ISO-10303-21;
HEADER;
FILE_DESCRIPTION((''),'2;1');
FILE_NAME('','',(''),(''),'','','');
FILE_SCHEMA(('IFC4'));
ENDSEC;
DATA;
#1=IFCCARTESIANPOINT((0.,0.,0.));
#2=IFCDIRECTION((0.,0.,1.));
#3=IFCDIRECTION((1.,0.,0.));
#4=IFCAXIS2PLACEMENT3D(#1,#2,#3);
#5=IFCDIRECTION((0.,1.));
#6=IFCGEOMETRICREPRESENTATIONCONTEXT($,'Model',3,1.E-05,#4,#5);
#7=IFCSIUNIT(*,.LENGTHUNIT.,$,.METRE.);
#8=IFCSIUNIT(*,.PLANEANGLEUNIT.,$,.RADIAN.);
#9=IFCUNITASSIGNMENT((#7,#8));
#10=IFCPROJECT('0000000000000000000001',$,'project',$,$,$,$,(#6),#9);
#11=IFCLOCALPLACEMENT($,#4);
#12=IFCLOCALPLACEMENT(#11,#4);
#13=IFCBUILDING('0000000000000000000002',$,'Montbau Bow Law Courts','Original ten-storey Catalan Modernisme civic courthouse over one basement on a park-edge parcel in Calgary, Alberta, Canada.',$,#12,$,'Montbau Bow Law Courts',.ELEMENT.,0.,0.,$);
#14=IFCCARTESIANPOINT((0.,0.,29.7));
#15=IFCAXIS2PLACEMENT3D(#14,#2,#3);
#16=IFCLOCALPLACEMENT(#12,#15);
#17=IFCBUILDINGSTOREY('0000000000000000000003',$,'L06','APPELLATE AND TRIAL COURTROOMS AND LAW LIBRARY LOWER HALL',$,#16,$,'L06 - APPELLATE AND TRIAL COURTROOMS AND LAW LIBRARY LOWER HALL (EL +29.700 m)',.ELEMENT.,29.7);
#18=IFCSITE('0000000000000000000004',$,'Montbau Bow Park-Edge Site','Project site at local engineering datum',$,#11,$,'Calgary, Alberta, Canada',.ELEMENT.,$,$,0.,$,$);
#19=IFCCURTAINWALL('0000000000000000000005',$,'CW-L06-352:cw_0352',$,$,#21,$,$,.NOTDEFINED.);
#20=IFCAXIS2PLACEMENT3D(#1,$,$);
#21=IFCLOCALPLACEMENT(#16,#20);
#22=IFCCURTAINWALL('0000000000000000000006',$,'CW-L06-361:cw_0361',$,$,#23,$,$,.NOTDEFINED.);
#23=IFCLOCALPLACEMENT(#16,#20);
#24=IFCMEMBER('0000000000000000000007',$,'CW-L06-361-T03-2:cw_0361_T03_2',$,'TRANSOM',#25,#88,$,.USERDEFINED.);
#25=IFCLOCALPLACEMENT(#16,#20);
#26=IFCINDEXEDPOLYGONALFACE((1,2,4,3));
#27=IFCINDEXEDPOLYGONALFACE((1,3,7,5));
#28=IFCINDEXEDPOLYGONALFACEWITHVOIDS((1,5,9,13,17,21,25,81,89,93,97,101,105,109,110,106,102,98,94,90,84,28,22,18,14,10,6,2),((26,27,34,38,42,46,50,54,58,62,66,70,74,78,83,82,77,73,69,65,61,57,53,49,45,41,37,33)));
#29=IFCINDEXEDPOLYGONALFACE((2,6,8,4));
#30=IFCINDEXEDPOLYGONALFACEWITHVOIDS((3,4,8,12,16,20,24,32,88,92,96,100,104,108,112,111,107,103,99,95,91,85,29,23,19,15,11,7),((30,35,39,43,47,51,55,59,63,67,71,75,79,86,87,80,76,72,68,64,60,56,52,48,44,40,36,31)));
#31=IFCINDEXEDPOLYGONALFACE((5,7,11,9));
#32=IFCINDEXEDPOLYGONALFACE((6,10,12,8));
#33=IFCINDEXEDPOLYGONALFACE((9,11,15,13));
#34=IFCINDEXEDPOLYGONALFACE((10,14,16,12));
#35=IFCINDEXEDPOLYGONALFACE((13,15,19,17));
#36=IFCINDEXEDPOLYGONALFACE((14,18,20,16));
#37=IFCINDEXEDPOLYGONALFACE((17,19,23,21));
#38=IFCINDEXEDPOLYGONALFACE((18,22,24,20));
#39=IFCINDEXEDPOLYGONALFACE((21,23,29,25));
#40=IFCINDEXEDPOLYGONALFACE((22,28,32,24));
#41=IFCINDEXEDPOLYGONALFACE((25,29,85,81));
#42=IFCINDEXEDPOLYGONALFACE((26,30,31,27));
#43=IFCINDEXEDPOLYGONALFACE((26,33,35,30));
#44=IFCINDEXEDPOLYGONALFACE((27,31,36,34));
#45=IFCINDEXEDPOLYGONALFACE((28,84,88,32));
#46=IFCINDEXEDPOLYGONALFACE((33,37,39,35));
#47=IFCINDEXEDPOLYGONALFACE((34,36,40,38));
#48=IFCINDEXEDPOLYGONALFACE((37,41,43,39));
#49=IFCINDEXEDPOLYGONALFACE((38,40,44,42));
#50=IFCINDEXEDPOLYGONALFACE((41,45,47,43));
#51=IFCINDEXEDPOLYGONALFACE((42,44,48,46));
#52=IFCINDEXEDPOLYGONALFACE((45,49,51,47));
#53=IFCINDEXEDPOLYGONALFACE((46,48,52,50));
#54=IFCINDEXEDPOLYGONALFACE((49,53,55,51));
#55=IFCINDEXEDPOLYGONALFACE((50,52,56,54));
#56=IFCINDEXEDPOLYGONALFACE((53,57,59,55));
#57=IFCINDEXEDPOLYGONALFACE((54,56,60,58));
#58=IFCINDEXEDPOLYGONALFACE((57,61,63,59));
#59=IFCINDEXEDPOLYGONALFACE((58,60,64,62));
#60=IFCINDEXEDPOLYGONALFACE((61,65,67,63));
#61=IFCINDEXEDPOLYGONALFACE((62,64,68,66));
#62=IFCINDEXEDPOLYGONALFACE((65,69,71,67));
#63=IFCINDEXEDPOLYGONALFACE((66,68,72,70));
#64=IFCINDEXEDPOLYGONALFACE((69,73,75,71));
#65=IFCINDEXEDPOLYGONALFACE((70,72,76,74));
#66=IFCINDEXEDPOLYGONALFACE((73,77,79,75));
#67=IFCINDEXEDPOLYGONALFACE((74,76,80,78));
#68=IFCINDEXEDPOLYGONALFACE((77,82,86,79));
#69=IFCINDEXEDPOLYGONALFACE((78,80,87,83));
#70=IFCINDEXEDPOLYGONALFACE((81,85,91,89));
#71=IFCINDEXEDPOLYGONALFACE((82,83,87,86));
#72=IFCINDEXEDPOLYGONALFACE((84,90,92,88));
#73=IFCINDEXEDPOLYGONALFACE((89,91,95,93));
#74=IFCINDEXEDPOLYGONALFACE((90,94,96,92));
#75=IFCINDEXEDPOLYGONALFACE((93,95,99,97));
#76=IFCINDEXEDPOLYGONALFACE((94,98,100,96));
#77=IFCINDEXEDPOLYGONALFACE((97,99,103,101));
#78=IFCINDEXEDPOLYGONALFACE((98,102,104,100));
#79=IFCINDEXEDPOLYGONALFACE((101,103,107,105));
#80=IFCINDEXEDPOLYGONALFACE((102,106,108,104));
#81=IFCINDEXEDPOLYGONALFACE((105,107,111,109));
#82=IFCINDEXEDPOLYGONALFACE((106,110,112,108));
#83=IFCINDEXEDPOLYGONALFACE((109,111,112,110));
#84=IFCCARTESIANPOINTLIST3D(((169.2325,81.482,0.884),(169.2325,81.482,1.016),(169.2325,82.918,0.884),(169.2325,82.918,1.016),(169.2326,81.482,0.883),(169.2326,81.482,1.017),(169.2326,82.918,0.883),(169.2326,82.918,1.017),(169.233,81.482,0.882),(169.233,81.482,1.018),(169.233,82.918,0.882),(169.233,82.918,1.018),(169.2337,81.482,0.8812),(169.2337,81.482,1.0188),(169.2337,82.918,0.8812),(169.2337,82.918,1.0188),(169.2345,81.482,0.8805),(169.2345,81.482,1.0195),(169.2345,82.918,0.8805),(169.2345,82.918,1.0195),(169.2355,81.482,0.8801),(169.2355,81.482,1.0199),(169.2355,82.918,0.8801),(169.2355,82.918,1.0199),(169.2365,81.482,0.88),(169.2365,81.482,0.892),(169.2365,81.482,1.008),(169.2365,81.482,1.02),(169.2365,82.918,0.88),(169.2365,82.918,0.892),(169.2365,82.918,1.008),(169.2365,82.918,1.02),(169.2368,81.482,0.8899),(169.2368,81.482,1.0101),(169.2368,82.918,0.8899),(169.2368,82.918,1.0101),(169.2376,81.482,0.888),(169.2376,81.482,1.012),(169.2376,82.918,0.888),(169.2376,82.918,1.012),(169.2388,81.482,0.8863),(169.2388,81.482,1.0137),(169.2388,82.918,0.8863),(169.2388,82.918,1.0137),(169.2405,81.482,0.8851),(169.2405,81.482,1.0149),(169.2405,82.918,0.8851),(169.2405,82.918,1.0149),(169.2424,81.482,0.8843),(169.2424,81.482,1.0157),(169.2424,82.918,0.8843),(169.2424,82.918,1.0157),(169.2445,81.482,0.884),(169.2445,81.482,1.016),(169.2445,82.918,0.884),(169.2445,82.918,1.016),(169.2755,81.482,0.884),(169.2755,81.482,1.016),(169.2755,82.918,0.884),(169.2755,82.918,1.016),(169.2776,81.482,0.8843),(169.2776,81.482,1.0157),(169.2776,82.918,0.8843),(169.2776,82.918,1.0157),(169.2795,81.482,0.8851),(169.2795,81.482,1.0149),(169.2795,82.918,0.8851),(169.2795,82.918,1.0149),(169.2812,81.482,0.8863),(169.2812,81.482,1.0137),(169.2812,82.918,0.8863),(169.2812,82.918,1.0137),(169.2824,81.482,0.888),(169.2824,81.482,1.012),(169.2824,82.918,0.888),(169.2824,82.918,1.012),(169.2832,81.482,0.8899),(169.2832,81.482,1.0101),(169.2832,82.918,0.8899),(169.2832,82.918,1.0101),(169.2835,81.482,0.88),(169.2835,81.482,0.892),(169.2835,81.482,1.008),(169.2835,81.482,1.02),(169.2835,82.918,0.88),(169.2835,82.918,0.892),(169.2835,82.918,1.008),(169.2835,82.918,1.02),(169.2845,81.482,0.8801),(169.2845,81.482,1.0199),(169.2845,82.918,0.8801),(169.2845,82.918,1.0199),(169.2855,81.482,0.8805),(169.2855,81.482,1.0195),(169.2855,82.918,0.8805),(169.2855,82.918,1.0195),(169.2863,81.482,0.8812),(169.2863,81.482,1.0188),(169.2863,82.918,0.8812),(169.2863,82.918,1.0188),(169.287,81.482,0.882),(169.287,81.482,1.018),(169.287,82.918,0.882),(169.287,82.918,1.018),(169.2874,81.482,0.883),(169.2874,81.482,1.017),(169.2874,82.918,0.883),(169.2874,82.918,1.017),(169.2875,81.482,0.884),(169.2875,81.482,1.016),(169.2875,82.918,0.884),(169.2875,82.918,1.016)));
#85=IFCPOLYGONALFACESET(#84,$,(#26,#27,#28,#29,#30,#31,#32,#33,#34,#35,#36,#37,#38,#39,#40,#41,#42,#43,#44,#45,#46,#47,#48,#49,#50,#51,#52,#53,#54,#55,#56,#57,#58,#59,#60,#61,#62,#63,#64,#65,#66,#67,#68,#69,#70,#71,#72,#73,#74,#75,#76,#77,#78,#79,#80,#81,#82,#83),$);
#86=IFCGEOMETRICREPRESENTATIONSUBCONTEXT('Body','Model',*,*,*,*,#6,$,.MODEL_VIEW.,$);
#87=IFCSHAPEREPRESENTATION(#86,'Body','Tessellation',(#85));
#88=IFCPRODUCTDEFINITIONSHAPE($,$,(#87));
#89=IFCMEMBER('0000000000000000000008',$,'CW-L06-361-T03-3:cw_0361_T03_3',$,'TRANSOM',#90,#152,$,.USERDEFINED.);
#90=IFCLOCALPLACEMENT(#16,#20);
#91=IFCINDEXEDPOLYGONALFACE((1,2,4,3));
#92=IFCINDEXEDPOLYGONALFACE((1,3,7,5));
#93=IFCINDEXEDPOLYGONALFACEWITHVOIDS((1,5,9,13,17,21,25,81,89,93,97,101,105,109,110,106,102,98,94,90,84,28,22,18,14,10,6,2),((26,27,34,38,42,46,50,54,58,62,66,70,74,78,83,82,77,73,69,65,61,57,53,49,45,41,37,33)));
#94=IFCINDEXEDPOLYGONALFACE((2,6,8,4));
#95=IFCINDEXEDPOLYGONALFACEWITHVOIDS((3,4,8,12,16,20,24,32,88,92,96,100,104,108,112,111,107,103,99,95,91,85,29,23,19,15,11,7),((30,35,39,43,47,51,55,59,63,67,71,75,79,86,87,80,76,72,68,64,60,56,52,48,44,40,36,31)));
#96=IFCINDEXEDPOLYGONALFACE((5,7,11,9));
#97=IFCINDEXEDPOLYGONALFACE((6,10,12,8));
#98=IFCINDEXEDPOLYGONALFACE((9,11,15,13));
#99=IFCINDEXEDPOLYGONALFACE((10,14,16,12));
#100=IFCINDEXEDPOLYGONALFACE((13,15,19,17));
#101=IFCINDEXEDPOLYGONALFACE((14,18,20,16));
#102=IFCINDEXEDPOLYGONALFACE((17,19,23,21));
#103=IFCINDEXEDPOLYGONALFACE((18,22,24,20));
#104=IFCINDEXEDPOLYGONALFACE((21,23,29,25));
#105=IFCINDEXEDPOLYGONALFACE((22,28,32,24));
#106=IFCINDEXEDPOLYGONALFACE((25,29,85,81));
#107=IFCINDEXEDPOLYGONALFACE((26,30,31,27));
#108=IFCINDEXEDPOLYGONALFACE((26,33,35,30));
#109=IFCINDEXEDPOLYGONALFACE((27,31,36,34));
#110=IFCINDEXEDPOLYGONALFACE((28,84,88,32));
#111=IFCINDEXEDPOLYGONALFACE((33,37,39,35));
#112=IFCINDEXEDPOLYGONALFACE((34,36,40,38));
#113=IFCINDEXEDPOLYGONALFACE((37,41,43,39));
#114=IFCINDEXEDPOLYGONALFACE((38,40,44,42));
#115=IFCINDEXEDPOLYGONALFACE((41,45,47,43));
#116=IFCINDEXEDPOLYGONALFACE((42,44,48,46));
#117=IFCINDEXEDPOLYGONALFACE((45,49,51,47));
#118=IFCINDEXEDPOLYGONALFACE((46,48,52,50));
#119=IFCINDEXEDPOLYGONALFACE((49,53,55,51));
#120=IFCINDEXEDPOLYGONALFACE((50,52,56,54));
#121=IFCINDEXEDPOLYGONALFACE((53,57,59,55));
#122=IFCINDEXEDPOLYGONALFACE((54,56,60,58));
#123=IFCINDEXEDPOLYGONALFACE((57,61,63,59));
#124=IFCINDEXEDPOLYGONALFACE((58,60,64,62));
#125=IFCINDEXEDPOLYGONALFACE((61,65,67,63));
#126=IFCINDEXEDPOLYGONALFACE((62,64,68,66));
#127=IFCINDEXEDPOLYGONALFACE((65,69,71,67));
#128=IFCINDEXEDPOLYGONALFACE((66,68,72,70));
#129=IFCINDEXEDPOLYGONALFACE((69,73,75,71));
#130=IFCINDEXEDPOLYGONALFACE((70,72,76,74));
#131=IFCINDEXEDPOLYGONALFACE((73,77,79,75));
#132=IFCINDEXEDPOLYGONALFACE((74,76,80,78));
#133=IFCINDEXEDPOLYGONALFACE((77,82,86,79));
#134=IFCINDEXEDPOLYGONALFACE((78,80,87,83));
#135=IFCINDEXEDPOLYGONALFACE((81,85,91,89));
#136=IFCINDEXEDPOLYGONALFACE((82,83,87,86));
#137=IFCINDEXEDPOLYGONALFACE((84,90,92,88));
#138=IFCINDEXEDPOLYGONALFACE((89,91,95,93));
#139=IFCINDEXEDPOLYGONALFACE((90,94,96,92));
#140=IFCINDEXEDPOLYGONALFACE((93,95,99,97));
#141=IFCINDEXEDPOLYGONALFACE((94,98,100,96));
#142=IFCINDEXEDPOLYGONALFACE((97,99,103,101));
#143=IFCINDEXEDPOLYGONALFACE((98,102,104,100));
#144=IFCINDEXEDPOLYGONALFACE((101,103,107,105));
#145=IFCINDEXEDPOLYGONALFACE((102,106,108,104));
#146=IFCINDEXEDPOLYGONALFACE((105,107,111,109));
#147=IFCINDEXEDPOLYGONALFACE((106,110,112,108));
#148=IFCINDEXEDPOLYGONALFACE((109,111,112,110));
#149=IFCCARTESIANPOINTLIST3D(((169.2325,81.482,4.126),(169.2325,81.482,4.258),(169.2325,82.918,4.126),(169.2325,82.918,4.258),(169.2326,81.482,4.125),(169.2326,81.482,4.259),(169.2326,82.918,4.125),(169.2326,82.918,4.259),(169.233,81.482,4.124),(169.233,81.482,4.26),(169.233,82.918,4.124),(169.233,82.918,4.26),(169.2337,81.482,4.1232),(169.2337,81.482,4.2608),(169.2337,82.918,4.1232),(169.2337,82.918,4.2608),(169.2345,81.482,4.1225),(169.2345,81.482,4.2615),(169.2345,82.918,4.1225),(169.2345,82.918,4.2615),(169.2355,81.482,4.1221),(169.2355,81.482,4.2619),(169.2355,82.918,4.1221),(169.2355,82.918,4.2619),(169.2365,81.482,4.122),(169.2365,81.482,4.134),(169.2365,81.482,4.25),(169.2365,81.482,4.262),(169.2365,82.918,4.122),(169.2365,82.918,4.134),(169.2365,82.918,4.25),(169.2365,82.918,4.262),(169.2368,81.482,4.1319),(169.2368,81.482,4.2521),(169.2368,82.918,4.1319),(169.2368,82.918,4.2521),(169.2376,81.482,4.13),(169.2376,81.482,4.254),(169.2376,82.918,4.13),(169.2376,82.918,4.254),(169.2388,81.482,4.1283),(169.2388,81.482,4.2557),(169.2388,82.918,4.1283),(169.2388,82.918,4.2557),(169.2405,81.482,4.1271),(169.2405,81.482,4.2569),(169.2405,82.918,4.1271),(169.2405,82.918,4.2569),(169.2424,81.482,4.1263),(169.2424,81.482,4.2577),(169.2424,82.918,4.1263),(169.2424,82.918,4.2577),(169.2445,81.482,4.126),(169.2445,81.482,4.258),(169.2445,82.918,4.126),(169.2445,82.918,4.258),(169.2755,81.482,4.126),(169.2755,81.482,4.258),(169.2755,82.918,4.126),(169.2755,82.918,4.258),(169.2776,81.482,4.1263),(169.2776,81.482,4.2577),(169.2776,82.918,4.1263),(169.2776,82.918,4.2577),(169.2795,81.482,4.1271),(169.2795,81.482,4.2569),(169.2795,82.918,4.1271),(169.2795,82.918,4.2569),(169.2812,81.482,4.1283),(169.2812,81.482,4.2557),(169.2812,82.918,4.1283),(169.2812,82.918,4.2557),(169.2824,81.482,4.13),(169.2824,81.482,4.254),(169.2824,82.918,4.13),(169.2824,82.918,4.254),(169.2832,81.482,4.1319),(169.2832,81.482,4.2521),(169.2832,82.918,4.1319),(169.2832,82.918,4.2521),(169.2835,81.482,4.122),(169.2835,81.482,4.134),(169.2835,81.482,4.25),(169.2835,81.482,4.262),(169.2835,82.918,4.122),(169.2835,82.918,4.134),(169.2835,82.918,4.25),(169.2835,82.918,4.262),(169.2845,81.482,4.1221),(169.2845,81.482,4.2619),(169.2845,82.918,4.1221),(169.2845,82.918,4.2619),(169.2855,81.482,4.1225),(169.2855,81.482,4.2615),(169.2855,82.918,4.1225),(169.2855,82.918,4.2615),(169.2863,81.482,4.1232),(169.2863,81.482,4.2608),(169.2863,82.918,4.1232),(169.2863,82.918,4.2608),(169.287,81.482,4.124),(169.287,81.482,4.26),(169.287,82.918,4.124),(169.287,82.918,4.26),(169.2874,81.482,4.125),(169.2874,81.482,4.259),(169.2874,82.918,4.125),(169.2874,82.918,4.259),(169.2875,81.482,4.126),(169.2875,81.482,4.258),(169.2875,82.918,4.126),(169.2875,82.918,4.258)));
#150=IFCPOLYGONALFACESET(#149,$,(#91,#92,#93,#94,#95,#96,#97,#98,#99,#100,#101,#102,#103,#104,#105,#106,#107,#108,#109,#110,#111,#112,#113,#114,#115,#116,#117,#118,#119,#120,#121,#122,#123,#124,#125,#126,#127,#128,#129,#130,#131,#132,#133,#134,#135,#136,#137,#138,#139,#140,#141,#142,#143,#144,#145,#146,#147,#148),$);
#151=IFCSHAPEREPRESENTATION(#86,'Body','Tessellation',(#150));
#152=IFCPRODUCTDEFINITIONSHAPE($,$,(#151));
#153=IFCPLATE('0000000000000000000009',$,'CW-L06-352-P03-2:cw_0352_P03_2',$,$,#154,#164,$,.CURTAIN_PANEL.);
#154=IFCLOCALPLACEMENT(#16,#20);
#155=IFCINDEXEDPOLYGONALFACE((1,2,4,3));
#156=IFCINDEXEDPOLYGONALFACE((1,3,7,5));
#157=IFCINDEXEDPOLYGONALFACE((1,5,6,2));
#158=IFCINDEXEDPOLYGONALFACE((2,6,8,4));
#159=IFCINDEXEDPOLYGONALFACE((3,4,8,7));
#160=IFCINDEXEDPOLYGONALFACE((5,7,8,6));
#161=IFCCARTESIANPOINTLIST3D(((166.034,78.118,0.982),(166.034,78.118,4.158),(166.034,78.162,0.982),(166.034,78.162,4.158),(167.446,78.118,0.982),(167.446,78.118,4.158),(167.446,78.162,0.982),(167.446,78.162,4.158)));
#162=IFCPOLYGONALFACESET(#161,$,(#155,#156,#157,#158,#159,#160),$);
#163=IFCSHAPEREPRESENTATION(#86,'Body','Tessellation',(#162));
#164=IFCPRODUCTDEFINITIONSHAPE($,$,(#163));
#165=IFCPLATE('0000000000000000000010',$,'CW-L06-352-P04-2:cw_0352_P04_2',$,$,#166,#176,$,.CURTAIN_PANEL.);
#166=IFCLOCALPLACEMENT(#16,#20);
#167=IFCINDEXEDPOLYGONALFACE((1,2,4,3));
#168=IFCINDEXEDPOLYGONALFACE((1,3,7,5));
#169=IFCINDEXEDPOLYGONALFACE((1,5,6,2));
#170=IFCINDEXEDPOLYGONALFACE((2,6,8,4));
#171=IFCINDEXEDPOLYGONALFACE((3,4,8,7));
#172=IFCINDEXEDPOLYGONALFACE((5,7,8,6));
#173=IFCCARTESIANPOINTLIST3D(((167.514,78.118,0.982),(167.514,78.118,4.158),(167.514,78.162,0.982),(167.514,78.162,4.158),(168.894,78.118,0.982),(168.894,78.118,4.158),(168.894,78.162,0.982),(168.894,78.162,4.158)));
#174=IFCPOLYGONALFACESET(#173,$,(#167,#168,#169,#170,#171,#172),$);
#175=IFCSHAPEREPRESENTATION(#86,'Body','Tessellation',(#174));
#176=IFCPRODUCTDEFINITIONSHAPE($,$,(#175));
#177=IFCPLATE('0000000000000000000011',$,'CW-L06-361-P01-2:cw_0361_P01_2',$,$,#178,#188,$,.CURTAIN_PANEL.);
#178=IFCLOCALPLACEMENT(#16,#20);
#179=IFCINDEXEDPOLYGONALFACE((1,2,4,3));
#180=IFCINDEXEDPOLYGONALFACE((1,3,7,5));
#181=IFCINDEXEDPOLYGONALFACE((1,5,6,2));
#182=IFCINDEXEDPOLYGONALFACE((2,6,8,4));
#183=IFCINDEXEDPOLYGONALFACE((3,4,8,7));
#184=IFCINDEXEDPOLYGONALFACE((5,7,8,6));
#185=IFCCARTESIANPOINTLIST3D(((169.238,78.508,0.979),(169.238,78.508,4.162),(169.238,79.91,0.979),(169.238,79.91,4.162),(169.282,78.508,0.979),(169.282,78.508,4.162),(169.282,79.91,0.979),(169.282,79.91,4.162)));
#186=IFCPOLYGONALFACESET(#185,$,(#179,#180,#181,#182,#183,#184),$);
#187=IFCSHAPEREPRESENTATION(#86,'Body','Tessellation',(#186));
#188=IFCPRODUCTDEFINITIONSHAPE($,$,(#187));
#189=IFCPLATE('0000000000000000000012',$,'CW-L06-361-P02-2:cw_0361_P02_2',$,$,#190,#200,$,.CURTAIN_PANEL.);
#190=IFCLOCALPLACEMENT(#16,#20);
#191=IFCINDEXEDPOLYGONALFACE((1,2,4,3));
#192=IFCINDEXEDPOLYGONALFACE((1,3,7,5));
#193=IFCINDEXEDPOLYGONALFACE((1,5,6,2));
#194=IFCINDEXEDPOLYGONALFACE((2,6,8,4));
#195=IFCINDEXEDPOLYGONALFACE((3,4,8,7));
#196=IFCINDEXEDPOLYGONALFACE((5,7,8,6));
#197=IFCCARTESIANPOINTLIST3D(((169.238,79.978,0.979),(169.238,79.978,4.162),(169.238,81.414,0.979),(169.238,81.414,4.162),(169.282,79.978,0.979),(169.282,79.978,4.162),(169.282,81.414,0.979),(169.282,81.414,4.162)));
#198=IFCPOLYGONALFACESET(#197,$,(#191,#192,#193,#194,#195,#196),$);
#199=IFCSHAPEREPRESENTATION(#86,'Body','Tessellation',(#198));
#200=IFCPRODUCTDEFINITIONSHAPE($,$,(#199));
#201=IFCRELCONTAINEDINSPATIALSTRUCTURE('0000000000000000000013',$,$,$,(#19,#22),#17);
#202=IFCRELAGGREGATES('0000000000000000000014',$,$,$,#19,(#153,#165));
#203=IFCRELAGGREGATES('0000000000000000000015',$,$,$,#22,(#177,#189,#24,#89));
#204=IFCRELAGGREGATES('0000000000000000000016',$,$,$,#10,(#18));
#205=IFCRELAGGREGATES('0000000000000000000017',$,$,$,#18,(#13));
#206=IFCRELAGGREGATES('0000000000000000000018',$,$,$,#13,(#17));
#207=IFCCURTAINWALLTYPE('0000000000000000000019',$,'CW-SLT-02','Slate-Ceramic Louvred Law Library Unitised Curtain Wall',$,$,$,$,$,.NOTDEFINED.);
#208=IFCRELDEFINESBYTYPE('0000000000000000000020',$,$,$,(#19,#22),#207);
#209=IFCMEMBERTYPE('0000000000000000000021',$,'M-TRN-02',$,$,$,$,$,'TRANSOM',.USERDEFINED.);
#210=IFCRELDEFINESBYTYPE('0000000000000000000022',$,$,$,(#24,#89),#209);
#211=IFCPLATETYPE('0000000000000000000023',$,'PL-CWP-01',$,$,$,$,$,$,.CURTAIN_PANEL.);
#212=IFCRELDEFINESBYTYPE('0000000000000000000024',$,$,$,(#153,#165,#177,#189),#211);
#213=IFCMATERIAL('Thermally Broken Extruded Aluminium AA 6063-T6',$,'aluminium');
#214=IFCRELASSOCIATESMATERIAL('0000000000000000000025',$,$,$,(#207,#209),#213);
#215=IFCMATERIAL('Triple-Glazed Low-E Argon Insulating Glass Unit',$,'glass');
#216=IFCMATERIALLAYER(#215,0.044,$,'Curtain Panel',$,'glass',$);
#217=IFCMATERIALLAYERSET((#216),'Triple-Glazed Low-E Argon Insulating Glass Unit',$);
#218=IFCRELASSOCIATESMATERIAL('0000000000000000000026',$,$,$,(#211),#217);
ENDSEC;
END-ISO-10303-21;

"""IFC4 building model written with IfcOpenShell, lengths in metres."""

from ifc_helpers import new_model, si_unit, direction, frame, frame_2d, origin_with_axes, origin_2d_with_axis, place, context, subcontext, project, spatial, rectangle, hollow_rectangle, extrude, material, layer, layer_set, material_profile, profile_set, type_object, element, aggregate, save


model = new_model("IFC4")

# Units and contexts
model_context = context("Model", 3, precision=1e-05, world=origin_with_axes(), true_north=direction((0.0, 1.0)))
body_context = subcontext(model_context, "Body", "Model", "MODEL_VIEW")
ifc_project = project(units=[si_unit("LENGTHUNIT", "METRE"), si_unit("PLANEANGLEUNIT", "RADIAN")], contexts=[model_context])

# Site, building, storey
site_placement = place(None, origin_with_axes())
site = spatial("IfcSite", under=ifc_project, at=site_placement, Name="Montbau Bow Park-Edge Site", Description="Project site at local engineering datum", LongName="Calgary, Alberta, Canada", CompositionType="ELEMENT", RefElevation=0.0)
building_placement = place(site_placement, origin_with_axes())
building = spatial("IfcBuilding", under=site, at=building_placement, Name="Montbau Bow Law Courts", Description="Original ten-storey Catalan Modernisme civic courthouse over one basement on a park-edge parcel in Calgary, Alberta, Canada.", LongName="Montbau Bow Law Courts", CompositionType="ELEMENT", ElevationOfRefHeight=0.0, ElevationOfTerrain=0.0)
storey_placement = place(building_placement, frame((0.0, 0.0, 29.7), z_axis=(0.0, 0.0, 1.0), x_axis=(1.0, 0.0, 0.0)))
storey = spatial("IfcBuildingStorey", under=building, at=storey_placement, Name="L06", Description="APPELLATE AND TRIAL COURTROOMS AND LAW LIBRARY LOWER HALL", LongName="L06 - APPELLATE AND TRIAL COURTROOMS AND LAW LIBRARY LOWER HALL (EL +29.700 m)", CompositionType="ELEMENT", Elevation=29.7)

# Curtain walls, members
ifc_material_1 = material(Name="Thermally Broken Extruded Aluminium AA 6063-T6", Category="aluminium")
curtain_wall_type = type_object("IfcCurtainWallType", Name="CW-SLT-02", Description="Slate-Ceramic Louvred Law Library Unitised Curtain Wall", PredefinedType="NOTDEFINED", material=ifc_material_1)
curtain_wall_1_placement = place(None, frame((163.04, 78.14, 29.7), z_axis=(0.0, 0.0, 1.0), x_axis=(1.0, 0.0, 0.0)))
curtain_wall_1 = element("IfcCurtainWall", 1, at=curtain_wall_1_placement, inside=storey, type_object=curtain_wall_type, Name="CW-L06-352:cw_0352", PredefinedType="NOTDEFINED")
curtain_wall_2_placement = place(None, frame((169.26, 78.44, 29.7), z_axis=(0.0, 0.0, 1.0), x_axis=(1.0, 0.0, 0.0)))
curtain_wall_2 = element("IfcCurtainWall", 2, at=curtain_wall_2_placement, inside=storey, type_object=curtain_wall_type, Name="CW-L06-361:cw_0361", PredefinedType="NOTDEFINED")
ifc_material_profile_1 = material_profile(ifc_material_1, hollow_rectangle(XDim=0.055, YDim=0.14, WallThickness=0.004, InnerFilletRadius=0.008, OuterFilletRadius=0.004, at=origin_2d_with_axis()), Name="CWT-140X55", Category="Main", Priority=0)
ifc_profile_set_1 = profile_set([ifc_material_profile_1], Name="Thermally Broken Extruded Aluminium AA 6063-T6")
member_type_1 = type_object("IfcMemberType", Name="M-TRN-02", ElementType="TRANSOM", PredefinedType="USERDEFINED", material=ifc_profile_set_1)
member_1_placement = place(None, frame((169.26, 81.482, 30.65), z_axis=(0.0, 1.0, 0.0), x_axis=(-1.0, 0.0, 0.0)))
member_1 = element("IfcMember", 3, at=member_1_placement, type_object=member_type_1, Name="CW-L06-361-T03-2:cw_0361_T03_2", ObjectType="TRANSOM", PredefinedType="USERDEFINED", context=body_context, shape_type="SweptSolid", body=[
    extrude(hollow_rectangle(XDim=0.055, YDim=0.14, WallThickness=0.004, InnerFilletRadius=0.008, OuterFilletRadius=0.004, at=origin_2d_with_axis()), origin_with_axes(), (0.0, 0.0, 1.0), 1.436),
])
member_2_placement = place(None, frame((169.26, 81.482, 33.892), z_axis=(0.0, 1.0, 0.0), x_axis=(-1.0, 0.0, 0.0)))
member_2 = element("IfcMember", 4, at=member_2_placement, type_object=member_type_1, Name="CW-L06-361-T03-3:cw_0361_T03_3", ObjectType="TRANSOM", PredefinedType="USERDEFINED", context=body_context, shape_type="SweptSolid", body=[
    extrude(hollow_rectangle(XDim=0.055, YDim=0.14, WallThickness=0.004, InnerFilletRadius=0.008, OuterFilletRadius=0.004, at=origin_2d_with_axis()), origin_with_axes(), (0.0, 0.0, 1.0), 1.436),
])

# Plates
ifc_material_2 = material(Name="Triple-Glazed Low-E Argon Insulating Glass Unit", Category="glass")
ifc_layer_1 = layer(ifc_material_2, 0.044, Name="Curtain Panel", Category="glass")
ifc_layer_set_1 = layer_set([ifc_layer_1], Name="Triple-Glazed Low-E Argon Insulating Glass Unit")
plate_type_1 = type_object("IfcPlateType", Name="PL-CWP-01", PredefinedType="CURTAIN_PANEL", material=ifc_layer_set_1)
plate_1_placement = place(None, frame((166.034, 78.14, 30.682), z_axis=(0.0, -1.0, 0.0), x_axis=(1.0, 0.0, 0.0)))
plate_1 = element("IfcPlate", 5, at=plate_1_placement, type_object=plate_type_1, Name="CW-L06-352-P03-2:cw_0352_P03_2", PredefinedType="CURTAIN_PANEL", context=body_context, shape_type="SweptSolid", body=[
    extrude(rectangle(XDim=1.412, YDim=3.176, at=frame_2d((0.706, 1.588), x_axis=(1.0, 0.0))), frame((0.0, 0.0, -0.022), z_axis=(0.0, 0.0, 1.0), x_axis=(1.0, 0.0, 0.0)), (0.0, 0.0, 1.0), 0.044),
])
plate_2_placement = place(None, frame((167.514, 78.14, 30.682), z_axis=(0.0, -1.0, 0.0), x_axis=(1.0, 0.0, 0.0)))
plate_2 = element("IfcPlate", 6, at=plate_2_placement, type_object=plate_type_1, Name="CW-L06-352-P04-2:cw_0352_P04_2", PredefinedType="CURTAIN_PANEL", context=body_context, shape_type="SweptSolid", body=[
    extrude(rectangle(XDim=1.38, YDim=3.176, at=frame_2d((0.69, 1.588), x_axis=(1.0, 0.0))), frame((0.0, 0.0, -0.022), z_axis=(0.0, 0.0, 1.0), x_axis=(1.0, 0.0, 0.0)), (0.0, 0.0, 1.0), 0.044),
])
plate_3_placement = place(None, frame((169.26, 78.508, 30.679), z_axis=(1.0, 0.0, 0.0), x_axis=(0.0, 1.0, 0.0)))
plate_3 = element("IfcPlate", 7, at=plate_3_placement, type_object=plate_type_1, Name="CW-L06-361-P01-2:cw_0361_P01_2", PredefinedType="CURTAIN_PANEL", context=body_context, shape_type="SweptSolid", body=[
    extrude(rectangle(XDim=1.402, YDim=3.183, at=frame_2d((0.701, 1.5915), x_axis=(1.0, 0.0))), frame((0.0, 0.0, -0.022), z_axis=(0.0, 0.0, 1.0), x_axis=(1.0, 0.0, 0.0)), (0.0, 0.0, 1.0), 0.044),
])
plate_4_placement = place(None, frame((169.26, 79.978, 30.679), z_axis=(1.0, 0.0, 0.0), x_axis=(0.0, 1.0, 0.0)))
plate_4 = element("IfcPlate", 8, at=plate_4_placement, type_object=plate_type_1, Name="CW-L06-361-P02-2:cw_0361_P02_2", PredefinedType="CURTAIN_PANEL", context=body_context, shape_type="SweptSolid", body=[
    extrude(rectangle(XDim=1.436, YDim=3.183, at=frame_2d((0.718, 1.5915), x_axis=(1.0, 0.0))), frame((0.0, 0.0, -0.022), z_axis=(0.0, 0.0, 1.0), x_axis=(1.0, 0.0, 0.0)), (0.0, 0.0, 1.0), 0.044),
])
aggregate(curtain_wall_1, [plate_1, plate_2])
aggregate(curtain_wall_2, [plate_3, plate_4, member_1, member_2])

save(model, "model.ifc")
